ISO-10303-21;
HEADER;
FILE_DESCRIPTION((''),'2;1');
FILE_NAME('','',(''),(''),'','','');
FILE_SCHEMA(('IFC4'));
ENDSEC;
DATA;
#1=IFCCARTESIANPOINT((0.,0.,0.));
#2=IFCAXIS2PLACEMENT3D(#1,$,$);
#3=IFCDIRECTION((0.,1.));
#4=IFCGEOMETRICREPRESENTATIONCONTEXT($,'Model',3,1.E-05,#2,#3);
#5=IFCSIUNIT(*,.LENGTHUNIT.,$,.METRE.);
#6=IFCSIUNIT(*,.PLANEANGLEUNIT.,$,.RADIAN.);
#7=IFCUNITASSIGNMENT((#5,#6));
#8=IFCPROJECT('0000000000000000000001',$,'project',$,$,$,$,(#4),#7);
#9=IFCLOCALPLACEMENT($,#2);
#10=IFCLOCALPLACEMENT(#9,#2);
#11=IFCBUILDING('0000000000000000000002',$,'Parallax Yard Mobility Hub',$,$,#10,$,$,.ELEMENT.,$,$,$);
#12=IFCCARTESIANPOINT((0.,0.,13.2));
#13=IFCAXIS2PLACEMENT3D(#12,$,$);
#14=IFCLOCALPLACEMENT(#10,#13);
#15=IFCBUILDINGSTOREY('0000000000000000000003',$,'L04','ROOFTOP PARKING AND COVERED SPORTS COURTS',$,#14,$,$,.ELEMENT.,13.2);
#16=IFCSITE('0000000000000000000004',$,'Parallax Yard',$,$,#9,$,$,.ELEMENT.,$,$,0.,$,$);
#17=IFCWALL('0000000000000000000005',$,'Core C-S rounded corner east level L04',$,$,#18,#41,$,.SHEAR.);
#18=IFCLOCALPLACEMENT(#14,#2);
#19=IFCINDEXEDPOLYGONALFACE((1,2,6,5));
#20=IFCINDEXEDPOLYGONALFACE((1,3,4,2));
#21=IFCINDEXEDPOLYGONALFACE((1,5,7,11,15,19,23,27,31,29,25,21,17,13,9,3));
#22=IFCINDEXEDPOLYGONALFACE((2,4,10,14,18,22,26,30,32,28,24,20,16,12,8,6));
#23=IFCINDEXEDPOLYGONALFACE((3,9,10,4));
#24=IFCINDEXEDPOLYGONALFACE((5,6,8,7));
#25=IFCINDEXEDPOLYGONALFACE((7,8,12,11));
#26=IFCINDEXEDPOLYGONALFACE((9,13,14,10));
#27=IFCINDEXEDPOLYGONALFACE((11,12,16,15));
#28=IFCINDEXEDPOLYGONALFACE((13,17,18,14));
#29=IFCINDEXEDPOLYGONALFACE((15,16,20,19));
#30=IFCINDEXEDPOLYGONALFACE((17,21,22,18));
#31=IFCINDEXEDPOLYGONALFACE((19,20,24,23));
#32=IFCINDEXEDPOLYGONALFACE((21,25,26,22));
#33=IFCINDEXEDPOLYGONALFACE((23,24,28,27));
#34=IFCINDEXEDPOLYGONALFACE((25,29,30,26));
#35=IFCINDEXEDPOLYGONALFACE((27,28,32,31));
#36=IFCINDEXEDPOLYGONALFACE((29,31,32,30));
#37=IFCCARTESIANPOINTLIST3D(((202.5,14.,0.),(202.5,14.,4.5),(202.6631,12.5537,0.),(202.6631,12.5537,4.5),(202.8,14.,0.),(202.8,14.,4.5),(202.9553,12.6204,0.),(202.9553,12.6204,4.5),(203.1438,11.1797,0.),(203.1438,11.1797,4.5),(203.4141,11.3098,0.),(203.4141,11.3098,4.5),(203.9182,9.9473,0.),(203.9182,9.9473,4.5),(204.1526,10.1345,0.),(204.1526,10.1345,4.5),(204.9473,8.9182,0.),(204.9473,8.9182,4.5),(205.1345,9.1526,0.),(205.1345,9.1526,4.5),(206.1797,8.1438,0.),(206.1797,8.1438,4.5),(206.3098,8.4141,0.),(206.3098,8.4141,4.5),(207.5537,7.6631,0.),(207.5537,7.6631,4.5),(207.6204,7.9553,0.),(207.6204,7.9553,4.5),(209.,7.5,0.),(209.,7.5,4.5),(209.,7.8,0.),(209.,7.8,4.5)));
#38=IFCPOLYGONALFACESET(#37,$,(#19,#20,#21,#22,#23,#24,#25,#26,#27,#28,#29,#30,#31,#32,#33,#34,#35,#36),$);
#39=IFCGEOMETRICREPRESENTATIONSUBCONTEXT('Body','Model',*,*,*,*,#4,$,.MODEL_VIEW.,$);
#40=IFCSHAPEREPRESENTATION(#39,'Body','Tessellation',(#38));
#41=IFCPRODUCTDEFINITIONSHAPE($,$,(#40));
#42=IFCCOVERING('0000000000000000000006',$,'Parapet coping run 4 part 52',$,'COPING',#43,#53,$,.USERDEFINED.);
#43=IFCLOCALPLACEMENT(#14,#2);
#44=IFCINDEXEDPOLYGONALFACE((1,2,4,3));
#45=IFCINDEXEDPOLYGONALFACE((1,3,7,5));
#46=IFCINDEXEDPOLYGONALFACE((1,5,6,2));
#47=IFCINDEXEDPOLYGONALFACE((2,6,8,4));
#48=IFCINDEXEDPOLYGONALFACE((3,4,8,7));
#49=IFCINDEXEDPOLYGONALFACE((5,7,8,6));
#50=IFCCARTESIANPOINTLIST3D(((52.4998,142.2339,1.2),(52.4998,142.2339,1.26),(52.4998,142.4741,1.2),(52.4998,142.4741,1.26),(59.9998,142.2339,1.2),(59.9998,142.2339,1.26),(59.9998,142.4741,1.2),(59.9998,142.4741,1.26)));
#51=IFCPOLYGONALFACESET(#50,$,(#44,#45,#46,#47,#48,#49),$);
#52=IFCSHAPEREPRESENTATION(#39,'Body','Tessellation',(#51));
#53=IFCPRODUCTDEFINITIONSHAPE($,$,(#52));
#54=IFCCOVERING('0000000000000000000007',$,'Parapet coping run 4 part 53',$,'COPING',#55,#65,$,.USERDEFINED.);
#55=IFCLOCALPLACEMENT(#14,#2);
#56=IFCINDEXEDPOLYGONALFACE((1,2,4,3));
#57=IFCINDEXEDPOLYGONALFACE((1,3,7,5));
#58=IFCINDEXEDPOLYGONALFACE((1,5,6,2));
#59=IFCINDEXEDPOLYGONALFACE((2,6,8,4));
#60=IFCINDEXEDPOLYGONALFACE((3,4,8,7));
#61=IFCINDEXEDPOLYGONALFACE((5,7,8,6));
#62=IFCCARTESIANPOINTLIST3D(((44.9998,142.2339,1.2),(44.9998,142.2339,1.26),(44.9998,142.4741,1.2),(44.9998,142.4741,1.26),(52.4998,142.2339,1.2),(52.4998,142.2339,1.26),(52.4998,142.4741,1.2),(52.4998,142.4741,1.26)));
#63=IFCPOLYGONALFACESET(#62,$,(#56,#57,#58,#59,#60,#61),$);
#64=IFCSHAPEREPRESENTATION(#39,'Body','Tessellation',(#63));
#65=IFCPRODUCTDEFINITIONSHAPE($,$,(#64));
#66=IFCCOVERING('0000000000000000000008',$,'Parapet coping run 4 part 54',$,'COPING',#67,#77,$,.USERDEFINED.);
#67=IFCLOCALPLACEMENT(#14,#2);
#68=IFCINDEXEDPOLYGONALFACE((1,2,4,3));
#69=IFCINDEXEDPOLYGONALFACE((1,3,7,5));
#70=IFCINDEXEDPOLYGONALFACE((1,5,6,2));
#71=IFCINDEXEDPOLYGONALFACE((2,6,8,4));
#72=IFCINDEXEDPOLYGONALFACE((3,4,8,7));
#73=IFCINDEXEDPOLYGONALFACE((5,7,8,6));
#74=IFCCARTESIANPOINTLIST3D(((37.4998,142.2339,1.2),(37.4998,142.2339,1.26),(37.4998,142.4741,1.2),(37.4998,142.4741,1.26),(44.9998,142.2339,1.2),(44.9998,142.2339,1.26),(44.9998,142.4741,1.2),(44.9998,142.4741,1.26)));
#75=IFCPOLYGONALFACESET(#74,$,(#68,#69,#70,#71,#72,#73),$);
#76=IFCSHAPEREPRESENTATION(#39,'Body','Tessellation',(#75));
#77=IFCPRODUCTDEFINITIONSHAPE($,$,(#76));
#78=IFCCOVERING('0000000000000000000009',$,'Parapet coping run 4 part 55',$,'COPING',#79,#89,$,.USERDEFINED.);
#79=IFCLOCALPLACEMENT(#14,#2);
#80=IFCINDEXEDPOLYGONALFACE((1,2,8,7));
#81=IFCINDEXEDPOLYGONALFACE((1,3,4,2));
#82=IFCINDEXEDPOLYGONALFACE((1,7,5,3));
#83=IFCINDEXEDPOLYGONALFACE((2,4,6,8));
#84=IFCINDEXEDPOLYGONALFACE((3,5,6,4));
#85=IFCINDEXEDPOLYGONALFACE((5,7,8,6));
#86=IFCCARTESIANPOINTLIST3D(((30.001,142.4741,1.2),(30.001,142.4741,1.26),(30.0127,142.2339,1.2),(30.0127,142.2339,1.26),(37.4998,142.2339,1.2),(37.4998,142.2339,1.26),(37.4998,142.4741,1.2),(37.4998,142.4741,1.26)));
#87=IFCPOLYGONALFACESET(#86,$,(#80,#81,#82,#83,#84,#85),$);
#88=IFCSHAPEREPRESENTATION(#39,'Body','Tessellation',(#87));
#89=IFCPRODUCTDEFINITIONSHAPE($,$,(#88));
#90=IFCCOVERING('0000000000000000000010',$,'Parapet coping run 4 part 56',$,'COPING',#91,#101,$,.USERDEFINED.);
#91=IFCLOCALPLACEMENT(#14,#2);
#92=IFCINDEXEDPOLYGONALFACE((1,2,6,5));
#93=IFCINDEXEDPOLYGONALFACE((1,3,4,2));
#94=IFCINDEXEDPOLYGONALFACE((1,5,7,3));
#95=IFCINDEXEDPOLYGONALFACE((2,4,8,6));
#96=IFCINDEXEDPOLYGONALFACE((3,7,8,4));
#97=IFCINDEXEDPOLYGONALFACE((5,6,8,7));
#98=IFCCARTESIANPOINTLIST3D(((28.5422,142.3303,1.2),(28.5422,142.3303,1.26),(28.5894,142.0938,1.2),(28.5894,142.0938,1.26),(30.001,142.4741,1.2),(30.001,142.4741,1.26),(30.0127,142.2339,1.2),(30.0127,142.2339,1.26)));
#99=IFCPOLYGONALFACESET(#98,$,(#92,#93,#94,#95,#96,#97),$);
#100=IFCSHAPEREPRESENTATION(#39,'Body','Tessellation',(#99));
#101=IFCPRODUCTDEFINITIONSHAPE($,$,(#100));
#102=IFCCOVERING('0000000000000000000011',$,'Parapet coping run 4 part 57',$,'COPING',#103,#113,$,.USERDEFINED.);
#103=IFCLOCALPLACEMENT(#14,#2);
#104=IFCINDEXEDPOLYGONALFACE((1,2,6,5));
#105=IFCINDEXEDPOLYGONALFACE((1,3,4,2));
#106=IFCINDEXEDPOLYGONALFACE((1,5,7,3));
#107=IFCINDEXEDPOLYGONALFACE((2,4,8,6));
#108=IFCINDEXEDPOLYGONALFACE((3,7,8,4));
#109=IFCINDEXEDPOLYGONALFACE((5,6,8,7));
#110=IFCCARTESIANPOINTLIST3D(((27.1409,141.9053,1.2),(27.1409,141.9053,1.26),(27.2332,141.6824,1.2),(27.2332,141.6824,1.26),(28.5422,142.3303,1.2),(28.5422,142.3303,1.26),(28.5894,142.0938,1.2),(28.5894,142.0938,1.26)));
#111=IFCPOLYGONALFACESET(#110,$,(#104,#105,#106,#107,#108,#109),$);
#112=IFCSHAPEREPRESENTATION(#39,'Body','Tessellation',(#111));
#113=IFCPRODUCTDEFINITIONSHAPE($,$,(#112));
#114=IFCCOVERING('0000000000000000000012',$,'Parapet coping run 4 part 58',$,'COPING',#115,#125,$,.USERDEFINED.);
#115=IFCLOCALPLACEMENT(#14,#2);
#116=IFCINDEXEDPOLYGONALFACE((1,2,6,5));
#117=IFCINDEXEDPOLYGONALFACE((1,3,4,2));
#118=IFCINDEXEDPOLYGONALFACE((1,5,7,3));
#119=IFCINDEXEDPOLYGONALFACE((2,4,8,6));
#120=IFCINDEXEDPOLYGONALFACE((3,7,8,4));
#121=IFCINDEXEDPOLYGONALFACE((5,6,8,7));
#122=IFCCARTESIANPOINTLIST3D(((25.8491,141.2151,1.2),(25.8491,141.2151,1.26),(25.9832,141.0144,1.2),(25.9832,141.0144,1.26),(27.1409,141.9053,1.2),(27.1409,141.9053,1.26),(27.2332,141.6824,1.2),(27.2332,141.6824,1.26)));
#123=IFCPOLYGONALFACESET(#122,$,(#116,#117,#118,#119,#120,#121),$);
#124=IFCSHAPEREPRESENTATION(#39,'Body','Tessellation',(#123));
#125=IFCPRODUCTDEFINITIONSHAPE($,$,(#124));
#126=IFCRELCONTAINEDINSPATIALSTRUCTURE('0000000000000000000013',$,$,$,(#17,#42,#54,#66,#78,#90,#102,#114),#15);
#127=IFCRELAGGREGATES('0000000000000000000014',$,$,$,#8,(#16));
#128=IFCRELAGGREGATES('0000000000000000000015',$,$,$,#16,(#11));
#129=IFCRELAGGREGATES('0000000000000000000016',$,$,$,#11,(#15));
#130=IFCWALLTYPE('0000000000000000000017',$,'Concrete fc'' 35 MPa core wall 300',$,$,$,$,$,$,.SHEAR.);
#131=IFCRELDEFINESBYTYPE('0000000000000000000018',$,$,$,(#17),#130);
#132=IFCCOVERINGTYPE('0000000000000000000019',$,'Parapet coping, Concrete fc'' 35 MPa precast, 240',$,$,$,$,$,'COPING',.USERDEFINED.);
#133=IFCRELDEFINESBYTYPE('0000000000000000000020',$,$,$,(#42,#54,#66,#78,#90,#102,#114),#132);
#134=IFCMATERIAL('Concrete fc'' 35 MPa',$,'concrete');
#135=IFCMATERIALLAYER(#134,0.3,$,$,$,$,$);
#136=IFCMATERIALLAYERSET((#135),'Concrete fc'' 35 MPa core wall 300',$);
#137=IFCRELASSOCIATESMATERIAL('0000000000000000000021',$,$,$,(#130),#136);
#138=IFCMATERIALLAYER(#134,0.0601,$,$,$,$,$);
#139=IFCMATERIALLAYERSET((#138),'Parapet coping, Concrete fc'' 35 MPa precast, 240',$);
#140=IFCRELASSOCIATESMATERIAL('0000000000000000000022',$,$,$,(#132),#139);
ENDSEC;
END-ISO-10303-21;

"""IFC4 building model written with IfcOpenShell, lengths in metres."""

from ifc_helpers import new_model, si_unit, direction, frame, origin, place, context, subcontext, project, spatial, polyline, outline, extrude, material, layer, layer_set, type_object, element, save


model = new_model("IFC4")

# Units and contexts
model_context = context("Model", 3, precision=1e-05, world=origin(), true_north=direction((0.0, 1.0)))
body_context = subcontext(model_context, "Body", "Model", "MODEL_VIEW")
ifc_project = project(units=[si_unit("LENGTHUNIT", "METRE"), si_unit("PLANEANGLEUNIT", "RADIAN")], contexts=[model_context])

# Site, building, storey
site_placement = place(None, origin())
site = spatial("IfcSite", under=ifc_project, at=site_placement, Name="Parallax Yard", CompositionType="ELEMENT", RefElevation=0.0)
building_placement = place(site_placement, origin())
building = spatial("IfcBuilding", under=site, at=building_placement, Name="Parallax Yard Mobility Hub", CompositionType="ELEMENT")
storey_placement = place(building_placement, frame((0.0, 0.0, 13.2)))
storey = spatial("IfcBuildingStorey", under=building, at=storey_placement, Name="L04", Description="ROOFTOP PARKING AND COVERED SPORTS COURTS", CompositionType="ELEMENT", Elevation=13.2)

# Shared definitions
ifc_material_1 = material(Name="Concrete fc' 35 MPa", Category="concrete")

# Wall
ifc_layer_1 = layer(ifc_material_1, 0.3)
ifc_layer_set_1 = layer_set([ifc_layer_1], Name="Concrete fc' 35 MPa core wall 300")
wall_type = type_object("IfcWallType", Name="Concrete fc' 35 MPa core wall 300", PredefinedType="SHEAR", material=ifc_layer_set_1)
wall_1_placement = place(storey_placement, origin())
element("IfcWall", 1, at=wall_1_placement, inside=storey, type_object=wall_type, Name="Core C-S rounded corner east level L04", PredefinedType="SHEAR", context=body_context, shape_type="SweptSolid", body=[
    extrude(outline(polyline([(202.5, 14.0), (202.6631, 12.5537), (203.1438, 11.1797), (203.9182, 9.9473), (204.9473, 8.9182), (206.1797, 8.1438), (207.5537, 7.6631), (209.0, 7.5), (209.0, 7.8), (207.6204, 7.9553), (206.3098, 8.4141), (205.1345, 9.1526), (204.1526, 10.1345), (203.4141, 11.3098), (202.9553, 12.6204), (202.8, 14.0), (202.5, 14.0)])), origin(), (0.0, 0.0, 1.0), 4.5),
])

# Coverings
ifc_layer_2 = layer(ifc_material_1, 0.0601)
ifc_layer_set_2 = layer_set([ifc_layer_2], Name="Parapet coping, Concrete fc' 35 MPa precast, 240")
covering_type = type_object("IfcCoveringType", Name="Parapet coping, Concrete fc' 35 MPa precast, 240", ElementType="COPING", PredefinedType="USERDEFINED", material=ifc_layer_set_2)
covering_1_placement = place(storey_placement, frame((0.0, 0.0, 1.2)))
element("IfcCovering", 2, at=covering_1_placement, inside=storey, type_object=covering_type, Name="Parapet coping run 4 part 52", ObjectType="COPING", PredefinedType="USERDEFINED", context=body_context, shape_type="SweptSolid", body=[
    extrude(outline(polyline([(59.9998, 142.2339), (59.9998, 142.4741), (52.4998, 142.4741), (52.4998, 142.2339), (59.9998, 142.2339)])), origin(), (0.0, 0.0, 1.0), 0.0601),
])
covering_2_placement = place(storey_placement, frame((0.0, 0.0, 1.2)))
element("IfcCovering", 3, at=covering_2_placement, inside=storey, type_object=covering_type, Name="Parapet coping run 4 part 53", ObjectType="COPING", PredefinedType="USERDEFINED", context=body_context, shape_type="SweptSolid", body=[
    extrude(outline(polyline([(52.4998, 142.2339), (52.4998, 142.4741), (44.9998, 142.4741), (44.9998, 142.2339), (52.4998, 142.2339)])), origin(), (0.0, 0.0, 1.0), 0.0601),
])
covering_3_placement = place(storey_placement, frame((0.0, 0.0, 1.2)))
element("IfcCovering", 4, at=covering_3_placement, inside=storey, type_object=covering_type, Name="Parapet coping run 4 part 54", ObjectType="COPING", PredefinedType="USERDEFINED", context=body_context, shape_type="SweptSolid", body=[
    extrude(outline(polyline([(44.9998, 142.2339), (44.9998, 142.4741), (37.4998, 142.4741), (37.4998, 142.2339), (44.9998, 142.2339)])), origin(), (0.0, 0.0, 1.0), 0.0601),
])
covering_4_placement = place(storey_placement, frame((0.0, 0.0, 1.2)))
element("IfcCovering", 5, at=covering_4_placement, inside=storey, type_object=covering_type, Name="Parapet coping run 4 part 55", ObjectType="COPING", PredefinedType="USERDEFINED", context=body_context, shape_type="SweptSolid", body=[
    extrude(outline(polyline([(37.4998, 142.2339), (37.4998, 142.4741), (30.001, 142.4741), (30.0127, 142.2339), (37.4998, 142.2339)])), origin(), (0.0, 0.0, 1.0), 0.0601),
])
covering_5_placement = place(storey_placement, frame((0.0, 0.0, 1.2)))
element("IfcCovering", 6, at=covering_5_placement, inside=storey, type_object=covering_type, Name="Parapet coping run 4 part 56", ObjectType="COPING", PredefinedType="USERDEFINED", context=body_context, shape_type="SweptSolid", body=[
    extrude(outline(polyline([(30.0127, 142.2339), (30.001, 142.4741), (28.5422, 142.3303), (28.5894, 142.0938), (30.0127, 142.2339)])), origin(), (0.0, 0.0, 1.0), 0.0601),
])
covering_6_placement = place(storey_placement, frame((0.0, 0.0, 1.2)))
element("IfcCovering", 7, at=covering_6_placement, inside=storey, type_object=covering_type, Name="Parapet coping run 4 part 57", ObjectType="COPING", PredefinedType="USERDEFINED", context=body_context, shape_type="SweptSolid", body=[
    extrude(outline(polyline([(28.5894, 142.0938), (28.5422, 142.3303), (27.1409, 141.9053), (27.2332, 141.6824), (28.5894, 142.0938)])), origin(), (0.0, 0.0, 1.0), 0.0601),
])
covering_7_placement = place(storey_placement, frame((0.0, 0.0, 1.2)))
element("IfcCovering", 8, at=covering_7_placement, inside=storey, type_object=covering_type, Name="Parapet coping run 4 part 58", ObjectType="COPING", PredefinedType="USERDEFINED", context=body_context, shape_type="SweptSolid", body=[
    extrude(outline(polyline([(27.2332, 141.6824), (27.1409, 141.9053), (25.8491, 141.2151), (25.9832, 141.0144), (27.2332, 141.6824)])), origin(), (0.0, 0.0, 1.0), 0.0601),
])

save(model, "model.ifc")
